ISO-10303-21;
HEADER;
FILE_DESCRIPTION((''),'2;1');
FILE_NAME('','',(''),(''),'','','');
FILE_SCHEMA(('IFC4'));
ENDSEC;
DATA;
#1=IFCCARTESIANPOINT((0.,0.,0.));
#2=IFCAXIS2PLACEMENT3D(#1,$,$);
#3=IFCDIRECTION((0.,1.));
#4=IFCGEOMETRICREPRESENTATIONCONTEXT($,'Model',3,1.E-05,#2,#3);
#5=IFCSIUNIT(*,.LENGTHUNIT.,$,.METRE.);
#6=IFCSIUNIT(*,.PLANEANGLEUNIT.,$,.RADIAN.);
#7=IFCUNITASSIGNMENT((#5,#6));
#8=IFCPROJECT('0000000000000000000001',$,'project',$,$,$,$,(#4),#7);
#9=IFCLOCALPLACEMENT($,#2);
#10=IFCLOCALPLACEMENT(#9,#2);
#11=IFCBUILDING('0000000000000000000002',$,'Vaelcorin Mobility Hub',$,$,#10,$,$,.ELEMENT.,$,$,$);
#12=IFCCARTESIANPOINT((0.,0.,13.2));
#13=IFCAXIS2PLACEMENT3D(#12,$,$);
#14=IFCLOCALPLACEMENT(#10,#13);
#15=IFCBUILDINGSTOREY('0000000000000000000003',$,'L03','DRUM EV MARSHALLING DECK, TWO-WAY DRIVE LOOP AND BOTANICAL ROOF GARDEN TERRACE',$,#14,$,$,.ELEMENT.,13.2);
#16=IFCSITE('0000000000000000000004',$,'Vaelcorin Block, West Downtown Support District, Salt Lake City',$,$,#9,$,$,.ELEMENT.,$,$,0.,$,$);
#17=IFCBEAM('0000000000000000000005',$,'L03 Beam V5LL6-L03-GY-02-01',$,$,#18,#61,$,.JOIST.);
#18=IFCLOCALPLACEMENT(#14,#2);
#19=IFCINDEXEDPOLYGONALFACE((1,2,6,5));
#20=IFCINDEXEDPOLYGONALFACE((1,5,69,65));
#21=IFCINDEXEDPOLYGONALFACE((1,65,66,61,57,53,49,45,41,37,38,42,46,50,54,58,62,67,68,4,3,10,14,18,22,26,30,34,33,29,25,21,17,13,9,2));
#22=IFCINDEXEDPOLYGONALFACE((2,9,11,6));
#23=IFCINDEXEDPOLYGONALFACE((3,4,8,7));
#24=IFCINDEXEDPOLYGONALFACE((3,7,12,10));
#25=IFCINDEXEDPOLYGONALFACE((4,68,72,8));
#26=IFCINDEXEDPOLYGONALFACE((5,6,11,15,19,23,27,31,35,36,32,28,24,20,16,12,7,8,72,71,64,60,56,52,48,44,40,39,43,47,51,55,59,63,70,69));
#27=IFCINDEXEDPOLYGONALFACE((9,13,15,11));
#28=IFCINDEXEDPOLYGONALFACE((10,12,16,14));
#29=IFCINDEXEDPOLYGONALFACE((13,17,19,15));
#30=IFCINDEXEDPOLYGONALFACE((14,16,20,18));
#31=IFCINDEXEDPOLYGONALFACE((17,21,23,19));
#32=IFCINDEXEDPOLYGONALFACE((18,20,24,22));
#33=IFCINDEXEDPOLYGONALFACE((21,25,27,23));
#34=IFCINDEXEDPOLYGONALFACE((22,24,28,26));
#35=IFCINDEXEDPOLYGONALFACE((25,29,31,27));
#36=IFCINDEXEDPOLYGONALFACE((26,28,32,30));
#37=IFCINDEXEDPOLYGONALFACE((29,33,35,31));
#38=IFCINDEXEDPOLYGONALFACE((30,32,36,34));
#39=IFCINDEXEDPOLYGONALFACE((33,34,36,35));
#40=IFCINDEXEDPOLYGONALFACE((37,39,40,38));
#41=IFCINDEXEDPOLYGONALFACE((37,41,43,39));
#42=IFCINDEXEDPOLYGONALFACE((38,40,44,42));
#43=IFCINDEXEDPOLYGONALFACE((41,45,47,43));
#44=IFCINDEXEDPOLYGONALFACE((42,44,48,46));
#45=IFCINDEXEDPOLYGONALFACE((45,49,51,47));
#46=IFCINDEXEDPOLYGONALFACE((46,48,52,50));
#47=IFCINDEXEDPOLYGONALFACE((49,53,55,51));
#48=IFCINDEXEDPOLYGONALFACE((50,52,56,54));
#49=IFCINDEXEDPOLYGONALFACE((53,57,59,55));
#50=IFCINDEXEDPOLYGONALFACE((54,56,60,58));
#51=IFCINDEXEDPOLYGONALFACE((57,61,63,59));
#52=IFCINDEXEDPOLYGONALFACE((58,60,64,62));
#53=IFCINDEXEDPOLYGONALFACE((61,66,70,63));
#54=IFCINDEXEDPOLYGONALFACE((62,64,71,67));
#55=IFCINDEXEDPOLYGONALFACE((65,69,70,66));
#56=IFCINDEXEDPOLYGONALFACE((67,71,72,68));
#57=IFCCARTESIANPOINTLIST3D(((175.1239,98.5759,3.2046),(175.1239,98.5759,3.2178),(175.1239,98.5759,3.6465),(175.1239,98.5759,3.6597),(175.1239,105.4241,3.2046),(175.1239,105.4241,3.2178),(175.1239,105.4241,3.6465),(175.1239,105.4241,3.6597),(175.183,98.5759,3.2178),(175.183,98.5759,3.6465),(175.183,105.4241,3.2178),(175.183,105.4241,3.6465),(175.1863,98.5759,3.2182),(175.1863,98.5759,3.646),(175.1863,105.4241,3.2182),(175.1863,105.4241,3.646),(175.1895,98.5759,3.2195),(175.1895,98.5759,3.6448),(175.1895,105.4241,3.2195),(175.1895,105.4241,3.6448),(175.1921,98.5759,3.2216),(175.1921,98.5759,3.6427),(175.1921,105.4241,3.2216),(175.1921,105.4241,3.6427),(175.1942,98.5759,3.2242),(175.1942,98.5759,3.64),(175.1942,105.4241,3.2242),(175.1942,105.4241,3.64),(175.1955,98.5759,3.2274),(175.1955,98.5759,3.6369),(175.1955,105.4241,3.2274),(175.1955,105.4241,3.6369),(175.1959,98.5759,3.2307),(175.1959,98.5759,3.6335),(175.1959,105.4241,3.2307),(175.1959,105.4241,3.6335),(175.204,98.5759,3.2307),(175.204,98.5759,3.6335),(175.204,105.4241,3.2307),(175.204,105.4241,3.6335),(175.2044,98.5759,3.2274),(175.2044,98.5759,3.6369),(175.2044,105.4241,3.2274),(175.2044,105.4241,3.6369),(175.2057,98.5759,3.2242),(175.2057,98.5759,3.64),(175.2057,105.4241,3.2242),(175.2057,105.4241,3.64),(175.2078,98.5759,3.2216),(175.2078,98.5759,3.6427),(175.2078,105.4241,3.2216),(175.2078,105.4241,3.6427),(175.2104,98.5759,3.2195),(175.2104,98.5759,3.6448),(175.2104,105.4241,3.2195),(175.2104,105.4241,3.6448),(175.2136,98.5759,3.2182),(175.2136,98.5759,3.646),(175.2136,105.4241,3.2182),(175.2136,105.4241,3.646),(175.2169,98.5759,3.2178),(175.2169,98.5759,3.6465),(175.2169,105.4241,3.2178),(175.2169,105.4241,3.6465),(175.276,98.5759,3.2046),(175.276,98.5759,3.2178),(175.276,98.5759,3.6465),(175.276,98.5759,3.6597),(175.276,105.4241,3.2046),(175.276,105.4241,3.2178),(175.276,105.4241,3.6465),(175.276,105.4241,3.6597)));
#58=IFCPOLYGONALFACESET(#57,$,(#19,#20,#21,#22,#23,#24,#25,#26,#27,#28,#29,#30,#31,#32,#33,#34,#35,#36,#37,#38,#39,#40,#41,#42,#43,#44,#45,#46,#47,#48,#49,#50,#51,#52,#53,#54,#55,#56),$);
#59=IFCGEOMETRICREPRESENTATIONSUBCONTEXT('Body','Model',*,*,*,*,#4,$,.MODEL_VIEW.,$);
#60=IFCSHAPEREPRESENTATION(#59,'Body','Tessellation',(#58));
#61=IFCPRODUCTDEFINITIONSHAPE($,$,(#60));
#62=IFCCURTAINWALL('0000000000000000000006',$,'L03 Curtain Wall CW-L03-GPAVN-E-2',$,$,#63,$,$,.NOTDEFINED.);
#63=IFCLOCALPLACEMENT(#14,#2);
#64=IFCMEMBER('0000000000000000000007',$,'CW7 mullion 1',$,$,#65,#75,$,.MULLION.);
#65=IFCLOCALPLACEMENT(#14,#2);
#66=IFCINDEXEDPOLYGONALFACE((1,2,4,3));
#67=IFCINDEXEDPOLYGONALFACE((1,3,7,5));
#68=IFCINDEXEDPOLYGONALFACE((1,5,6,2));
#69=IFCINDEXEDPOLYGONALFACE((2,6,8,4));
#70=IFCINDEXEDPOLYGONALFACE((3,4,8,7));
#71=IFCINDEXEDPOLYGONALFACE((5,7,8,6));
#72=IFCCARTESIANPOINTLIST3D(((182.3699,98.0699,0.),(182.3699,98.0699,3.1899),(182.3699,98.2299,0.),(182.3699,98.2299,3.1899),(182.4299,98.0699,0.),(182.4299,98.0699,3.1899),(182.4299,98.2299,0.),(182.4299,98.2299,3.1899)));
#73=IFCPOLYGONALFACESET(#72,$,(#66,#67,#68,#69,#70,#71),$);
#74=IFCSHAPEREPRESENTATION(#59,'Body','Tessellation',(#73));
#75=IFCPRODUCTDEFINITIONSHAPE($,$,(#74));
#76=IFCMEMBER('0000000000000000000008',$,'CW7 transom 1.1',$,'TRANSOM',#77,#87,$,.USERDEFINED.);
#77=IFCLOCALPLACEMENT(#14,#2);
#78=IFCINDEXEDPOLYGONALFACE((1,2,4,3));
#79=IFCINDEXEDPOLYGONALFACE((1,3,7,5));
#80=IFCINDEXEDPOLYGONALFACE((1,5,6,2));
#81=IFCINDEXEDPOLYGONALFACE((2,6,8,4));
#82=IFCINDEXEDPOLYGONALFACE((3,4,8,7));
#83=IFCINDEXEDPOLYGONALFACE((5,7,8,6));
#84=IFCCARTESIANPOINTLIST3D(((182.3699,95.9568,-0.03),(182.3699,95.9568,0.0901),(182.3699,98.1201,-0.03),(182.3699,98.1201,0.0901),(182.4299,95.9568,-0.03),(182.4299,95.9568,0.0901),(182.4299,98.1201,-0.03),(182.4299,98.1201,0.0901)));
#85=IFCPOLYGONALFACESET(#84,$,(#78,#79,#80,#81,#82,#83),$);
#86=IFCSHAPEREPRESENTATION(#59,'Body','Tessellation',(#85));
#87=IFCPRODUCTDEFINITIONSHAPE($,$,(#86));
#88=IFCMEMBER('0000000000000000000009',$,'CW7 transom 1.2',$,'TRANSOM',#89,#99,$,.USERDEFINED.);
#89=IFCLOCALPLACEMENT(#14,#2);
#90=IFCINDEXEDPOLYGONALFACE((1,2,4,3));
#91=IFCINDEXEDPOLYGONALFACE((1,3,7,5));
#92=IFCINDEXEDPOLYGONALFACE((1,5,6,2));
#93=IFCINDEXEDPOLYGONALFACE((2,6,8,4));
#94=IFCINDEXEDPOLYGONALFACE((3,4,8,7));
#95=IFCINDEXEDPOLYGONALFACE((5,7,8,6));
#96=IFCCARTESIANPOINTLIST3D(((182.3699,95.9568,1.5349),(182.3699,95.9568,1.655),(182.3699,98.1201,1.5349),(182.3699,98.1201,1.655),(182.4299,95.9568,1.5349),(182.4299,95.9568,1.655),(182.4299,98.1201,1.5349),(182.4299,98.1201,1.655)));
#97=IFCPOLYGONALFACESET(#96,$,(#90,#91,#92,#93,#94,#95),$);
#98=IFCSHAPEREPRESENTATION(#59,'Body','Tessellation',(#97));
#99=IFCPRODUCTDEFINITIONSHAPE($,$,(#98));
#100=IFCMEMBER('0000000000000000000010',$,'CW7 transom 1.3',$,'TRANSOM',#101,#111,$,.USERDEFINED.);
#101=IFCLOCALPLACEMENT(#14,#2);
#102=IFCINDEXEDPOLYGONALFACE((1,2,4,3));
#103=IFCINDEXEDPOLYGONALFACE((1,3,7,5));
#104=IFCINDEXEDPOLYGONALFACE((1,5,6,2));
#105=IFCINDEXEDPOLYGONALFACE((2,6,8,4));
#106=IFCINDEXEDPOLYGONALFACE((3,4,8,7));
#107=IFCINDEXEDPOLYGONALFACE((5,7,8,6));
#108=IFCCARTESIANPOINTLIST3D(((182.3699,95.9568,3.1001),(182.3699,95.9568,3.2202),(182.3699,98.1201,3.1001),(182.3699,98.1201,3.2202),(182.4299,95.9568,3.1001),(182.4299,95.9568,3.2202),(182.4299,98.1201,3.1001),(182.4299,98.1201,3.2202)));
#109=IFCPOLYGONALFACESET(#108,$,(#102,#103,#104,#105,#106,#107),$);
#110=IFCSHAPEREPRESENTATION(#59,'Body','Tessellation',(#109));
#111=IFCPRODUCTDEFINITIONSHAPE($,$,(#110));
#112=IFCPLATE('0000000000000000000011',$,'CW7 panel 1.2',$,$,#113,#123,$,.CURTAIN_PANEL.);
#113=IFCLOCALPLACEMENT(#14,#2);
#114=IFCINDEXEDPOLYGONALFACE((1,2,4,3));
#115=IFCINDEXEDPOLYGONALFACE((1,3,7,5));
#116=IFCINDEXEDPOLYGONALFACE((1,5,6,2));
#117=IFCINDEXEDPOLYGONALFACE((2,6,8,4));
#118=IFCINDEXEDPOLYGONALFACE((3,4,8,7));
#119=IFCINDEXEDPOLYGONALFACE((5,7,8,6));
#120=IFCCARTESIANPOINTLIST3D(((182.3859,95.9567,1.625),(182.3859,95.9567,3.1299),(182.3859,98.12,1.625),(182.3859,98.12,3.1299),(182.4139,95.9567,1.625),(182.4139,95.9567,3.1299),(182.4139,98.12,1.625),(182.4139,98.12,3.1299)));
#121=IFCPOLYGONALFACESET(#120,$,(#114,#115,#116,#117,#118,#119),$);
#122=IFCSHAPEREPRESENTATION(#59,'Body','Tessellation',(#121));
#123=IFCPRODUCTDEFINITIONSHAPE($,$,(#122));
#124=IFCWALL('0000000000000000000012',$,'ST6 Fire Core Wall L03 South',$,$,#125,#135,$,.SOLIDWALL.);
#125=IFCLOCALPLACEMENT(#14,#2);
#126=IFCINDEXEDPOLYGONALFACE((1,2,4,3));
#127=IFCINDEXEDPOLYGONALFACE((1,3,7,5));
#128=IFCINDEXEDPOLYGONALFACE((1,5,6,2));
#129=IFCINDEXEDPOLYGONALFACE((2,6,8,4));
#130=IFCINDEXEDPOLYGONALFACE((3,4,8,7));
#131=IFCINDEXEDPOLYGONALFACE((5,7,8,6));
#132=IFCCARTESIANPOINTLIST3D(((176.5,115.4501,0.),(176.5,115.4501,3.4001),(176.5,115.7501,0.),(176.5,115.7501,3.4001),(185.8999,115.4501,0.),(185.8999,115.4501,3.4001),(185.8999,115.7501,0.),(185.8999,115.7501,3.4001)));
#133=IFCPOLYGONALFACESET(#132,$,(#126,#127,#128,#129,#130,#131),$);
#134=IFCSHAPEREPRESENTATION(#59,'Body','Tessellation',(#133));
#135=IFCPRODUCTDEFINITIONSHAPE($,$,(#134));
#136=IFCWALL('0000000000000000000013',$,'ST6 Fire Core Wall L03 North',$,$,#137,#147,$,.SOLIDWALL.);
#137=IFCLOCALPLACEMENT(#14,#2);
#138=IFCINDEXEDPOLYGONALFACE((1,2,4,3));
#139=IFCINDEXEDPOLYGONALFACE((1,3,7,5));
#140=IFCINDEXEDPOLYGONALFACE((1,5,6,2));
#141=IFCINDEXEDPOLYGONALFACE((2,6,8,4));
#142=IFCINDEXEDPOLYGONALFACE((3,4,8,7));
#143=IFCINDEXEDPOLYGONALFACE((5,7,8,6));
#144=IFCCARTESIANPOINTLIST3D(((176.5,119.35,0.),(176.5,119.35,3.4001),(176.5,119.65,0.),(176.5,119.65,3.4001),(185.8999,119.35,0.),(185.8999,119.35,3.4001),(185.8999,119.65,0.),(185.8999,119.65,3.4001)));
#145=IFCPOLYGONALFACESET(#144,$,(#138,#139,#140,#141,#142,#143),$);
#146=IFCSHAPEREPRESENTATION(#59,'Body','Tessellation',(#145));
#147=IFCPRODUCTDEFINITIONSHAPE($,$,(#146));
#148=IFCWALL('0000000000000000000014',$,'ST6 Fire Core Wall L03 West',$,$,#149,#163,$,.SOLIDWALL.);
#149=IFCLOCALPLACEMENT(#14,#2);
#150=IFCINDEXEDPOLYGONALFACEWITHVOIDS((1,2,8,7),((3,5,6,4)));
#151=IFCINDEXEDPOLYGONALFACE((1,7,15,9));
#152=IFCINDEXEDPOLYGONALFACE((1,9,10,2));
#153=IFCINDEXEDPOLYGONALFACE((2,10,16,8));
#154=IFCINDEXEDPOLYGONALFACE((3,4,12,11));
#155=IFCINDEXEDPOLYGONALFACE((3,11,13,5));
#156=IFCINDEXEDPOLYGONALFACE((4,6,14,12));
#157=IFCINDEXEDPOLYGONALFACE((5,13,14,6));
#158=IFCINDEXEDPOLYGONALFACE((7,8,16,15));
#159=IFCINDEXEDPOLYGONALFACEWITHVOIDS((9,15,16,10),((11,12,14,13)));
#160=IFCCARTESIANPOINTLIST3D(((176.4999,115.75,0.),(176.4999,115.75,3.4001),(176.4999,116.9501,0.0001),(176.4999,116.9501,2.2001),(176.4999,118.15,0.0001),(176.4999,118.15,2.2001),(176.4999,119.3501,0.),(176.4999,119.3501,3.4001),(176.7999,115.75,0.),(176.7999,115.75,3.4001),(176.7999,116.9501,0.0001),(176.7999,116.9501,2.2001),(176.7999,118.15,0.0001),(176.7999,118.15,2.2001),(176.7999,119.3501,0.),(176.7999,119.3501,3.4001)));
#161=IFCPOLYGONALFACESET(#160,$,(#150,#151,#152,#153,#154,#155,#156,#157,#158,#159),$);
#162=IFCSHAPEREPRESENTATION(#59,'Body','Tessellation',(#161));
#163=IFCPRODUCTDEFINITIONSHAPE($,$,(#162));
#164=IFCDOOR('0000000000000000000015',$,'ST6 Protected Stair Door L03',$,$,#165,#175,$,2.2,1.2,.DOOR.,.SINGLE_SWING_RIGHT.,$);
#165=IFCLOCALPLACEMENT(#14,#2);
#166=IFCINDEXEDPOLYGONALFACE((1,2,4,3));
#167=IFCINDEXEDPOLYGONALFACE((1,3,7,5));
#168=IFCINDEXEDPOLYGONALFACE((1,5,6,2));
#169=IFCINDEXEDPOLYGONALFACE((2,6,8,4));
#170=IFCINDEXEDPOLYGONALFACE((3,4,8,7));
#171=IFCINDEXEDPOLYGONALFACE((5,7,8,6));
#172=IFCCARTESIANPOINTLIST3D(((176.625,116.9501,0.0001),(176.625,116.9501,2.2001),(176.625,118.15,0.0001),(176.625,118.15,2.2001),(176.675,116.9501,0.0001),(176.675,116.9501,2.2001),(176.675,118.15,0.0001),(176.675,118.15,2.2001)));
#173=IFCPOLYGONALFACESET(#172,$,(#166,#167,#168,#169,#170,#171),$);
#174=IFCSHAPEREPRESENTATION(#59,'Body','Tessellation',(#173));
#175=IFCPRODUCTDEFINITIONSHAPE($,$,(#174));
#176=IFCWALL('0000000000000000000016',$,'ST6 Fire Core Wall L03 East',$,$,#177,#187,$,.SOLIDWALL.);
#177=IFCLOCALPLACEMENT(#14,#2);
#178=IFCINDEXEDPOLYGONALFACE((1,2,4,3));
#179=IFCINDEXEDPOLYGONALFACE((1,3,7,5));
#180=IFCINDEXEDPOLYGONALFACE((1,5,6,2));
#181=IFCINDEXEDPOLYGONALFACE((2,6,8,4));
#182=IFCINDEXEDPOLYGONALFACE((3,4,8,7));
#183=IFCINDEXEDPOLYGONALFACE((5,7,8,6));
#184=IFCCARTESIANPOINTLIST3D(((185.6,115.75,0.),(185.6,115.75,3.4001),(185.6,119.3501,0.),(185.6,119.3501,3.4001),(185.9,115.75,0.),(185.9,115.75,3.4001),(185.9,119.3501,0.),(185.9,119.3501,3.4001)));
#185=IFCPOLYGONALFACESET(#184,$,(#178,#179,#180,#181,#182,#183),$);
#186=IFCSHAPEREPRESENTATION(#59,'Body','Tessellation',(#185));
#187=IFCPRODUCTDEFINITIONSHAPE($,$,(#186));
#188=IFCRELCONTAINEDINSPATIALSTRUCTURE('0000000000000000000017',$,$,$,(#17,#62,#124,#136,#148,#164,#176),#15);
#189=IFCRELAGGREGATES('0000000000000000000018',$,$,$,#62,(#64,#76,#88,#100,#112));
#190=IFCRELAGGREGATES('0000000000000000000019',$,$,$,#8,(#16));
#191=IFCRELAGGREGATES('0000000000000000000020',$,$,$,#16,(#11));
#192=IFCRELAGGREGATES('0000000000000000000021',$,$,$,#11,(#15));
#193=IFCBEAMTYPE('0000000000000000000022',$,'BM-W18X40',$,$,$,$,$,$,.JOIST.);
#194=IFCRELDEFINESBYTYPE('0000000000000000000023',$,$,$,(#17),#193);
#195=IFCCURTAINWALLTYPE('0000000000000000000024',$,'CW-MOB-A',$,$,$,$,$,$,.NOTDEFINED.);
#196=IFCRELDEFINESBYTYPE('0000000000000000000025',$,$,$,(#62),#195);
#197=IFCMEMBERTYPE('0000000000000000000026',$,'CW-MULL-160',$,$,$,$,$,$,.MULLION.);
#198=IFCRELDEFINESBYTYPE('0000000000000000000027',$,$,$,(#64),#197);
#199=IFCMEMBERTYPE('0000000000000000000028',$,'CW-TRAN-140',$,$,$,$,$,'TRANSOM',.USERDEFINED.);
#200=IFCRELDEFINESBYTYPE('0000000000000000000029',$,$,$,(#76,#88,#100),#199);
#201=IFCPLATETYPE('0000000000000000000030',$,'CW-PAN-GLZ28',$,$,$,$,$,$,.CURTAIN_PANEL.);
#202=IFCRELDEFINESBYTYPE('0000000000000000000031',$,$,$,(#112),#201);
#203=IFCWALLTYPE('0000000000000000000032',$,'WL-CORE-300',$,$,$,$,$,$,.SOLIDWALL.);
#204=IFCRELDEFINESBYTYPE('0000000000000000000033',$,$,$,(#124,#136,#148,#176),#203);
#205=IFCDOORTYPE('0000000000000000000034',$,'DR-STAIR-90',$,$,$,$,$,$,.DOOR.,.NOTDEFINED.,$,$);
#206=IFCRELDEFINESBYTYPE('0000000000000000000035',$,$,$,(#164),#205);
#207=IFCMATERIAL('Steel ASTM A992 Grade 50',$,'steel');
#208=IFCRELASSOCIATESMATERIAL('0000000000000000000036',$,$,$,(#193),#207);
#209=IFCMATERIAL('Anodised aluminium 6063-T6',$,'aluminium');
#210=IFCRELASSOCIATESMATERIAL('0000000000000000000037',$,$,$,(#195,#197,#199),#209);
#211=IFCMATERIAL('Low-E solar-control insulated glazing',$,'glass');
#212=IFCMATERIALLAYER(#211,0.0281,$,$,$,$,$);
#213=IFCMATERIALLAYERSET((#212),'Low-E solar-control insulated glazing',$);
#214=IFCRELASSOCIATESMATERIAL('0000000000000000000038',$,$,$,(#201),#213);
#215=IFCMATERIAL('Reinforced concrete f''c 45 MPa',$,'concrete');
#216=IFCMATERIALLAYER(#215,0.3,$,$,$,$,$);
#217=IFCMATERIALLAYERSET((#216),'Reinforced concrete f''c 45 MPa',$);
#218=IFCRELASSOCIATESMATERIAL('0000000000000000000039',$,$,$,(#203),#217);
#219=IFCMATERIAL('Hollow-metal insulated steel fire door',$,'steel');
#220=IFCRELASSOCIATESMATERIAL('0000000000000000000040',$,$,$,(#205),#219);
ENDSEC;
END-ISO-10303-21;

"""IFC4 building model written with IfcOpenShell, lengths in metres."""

from ifc_helpers import new_model, si_unit, direction, frame, frame_2d, origin, origin_2d, place, context, subcontext, project, spatial, rectangle, i_section, extrude, material, layer, layer_set, material_profile, profile_set, type_object, element, fill, aggregate, save


model = new_model("IFC4")

# Units and contexts
model_context = context("Model", 3, precision=1e-05, world=origin(), true_north=direction((0.0, 1.0)))
body_context = subcontext(model_context, "Body", "Model", "MODEL_VIEW")
ifc_project = project(units=[si_unit("LENGTHUNIT", "METRE"), si_unit("PLANEANGLEUNIT", "RADIAN")], contexts=[model_context])

# Site, building, storey
site_placement = place(None, origin())
site = spatial("IfcSite", under=ifc_project, at=site_placement, Name="Vaelcorin Block, West Downtown Support District, Salt Lake City", CompositionType="ELEMENT", RefElevation=0.0)
building_placement = place(site_placement, origin())
building = spatial("IfcBuilding", under=site, at=building_placement, Name="Vaelcorin Mobility Hub", CompositionType="ELEMENT")
storey_placement = place(building_placement, frame((0.0, 0.0, 13.2)))
storey = spatial("IfcBuildingStorey", under=building, at=storey_placement, Name="L03", Description="DRUM EV MARSHALLING DECK, TWO-WAY DRIVE LOOP AND BOTANICAL ROOF GARDEN TERRACE", CompositionType="ELEMENT", Elevation=13.2)

# Shared definitions
ifc_material_1 = material(Name="Steel ASTM A992 Grade 50", Category="steel")

# Beam
ifc_material_profile_1 = material_profile(ifc_material_1, i_section(OverallWidth=0.1521, OverallDepth=0.4551, WebThickness=0.0081, FlangeThickness=0.0132, FilletRadius=0.0129, at=origin_2d()), Name="W18X40")
ifc_profile_set_1 = profile_set([ifc_material_profile_1], Name="Steel ASTM A992 Grade 50")
beam_type = type_object("IfcBeamType", Name="BM-W18X40", PredefinedType="JOIST", material=ifc_profile_set_1)
beam_1_placement = place(storey_placement, frame((175.2, 98.5759, 3.4321), z_axis=(0.0, 1.0, 0.0), x_axis=(-1.0, 0.0, 0.0)))
element("IfcBeam", 1, at=beam_1_placement, inside=storey, type_object=beam_type, Name="L03 Beam V5LL6-L03-GY-02-01", PredefinedType="JOIST", context=body_context, shape_type="SweptSolid", body=[
    extrude(i_section(OverallWidth=0.1521, OverallDepth=0.4551, WebThickness=0.0081, FlangeThickness=0.0132, FilletRadius=0.0129, at=origin_2d()), origin(), (0.0, 0.0, 1.0), 6.8481),
])

# Curtain wall, members, plate
ifc_material_2 = material(Name="Anodised aluminium 6063-T6", Category="aluminium")
curtain_wall_type = type_object("IfcCurtainWallType", Name="CW-MOB-A", PredefinedType="NOTDEFINED", material=ifc_material_2)
curtain_wall_placement = place(storey_placement, origin())
curtain_wall = element("IfcCurtainWall", 2, at=curtain_wall_placement, inside=storey, type_object=curtain_wall_type, Name="L03 Curtain Wall CW-L03-GPAVN-E-2", PredefinedType="NOTDEFINED")
ifc_material_profile_2 = material_profile(ifc_material_2, rectangle(XDim=0.0601, YDim=0.1599, at=origin_2d()), Name="ALU-M60X160")
ifc_profile_set_2 = profile_set([ifc_material_profile_2], Name="Anodised aluminium 6063-T6")
member_type_1 = type_object("IfcMemberType", Name="CW-MULL-160", PredefinedType="MULLION", material=ifc_profile_set_2)
member_1_placement = place(storey_placement, frame((182.3999, 98.1499, 0.0), z_axis=(0.0, 0.0, 1.0), x_axis=(1.0, 0.0, 0.0)))
member_1 = element("IfcMember", 3, at=member_1_placement, type_object=member_type_1, Name="CW7 mullion 1", PredefinedType="MULLION", context=body_context, shape_type="SweptSolid", body=[
    extrude(rectangle(XDim=0.0601, YDim=0.1599, at=origin_2d()), origin(), (0.0, 0.0, 1.0), 3.1899),
])
ifc_material_profile_3 = material_profile(ifc_material_2, rectangle(XDim=0.0601, YDim=0.1201, at=origin_2d()), Name="ALU-T60X120")
ifc_profile_set_3 = profile_set([ifc_material_profile_3], Name="Anodised aluminium 6063-T6")
member_type_2 = type_object("IfcMemberType", Name="CW-TRAN-140", ElementType="TRANSOM", PredefinedType="USERDEFINED", material=ifc_profile_set_3)
member_2_placement = place(storey_placement, frame((182.3999, 98.1201, 0.03), z_axis=(0.0, -1.0, 0.0), x_axis=(1.0, 0.0, 0.0)))
member_2 = element("IfcMember", 4, at=member_2_placement, type_object=member_type_2, Name="CW7 transom 1.1", ObjectType="TRANSOM", PredefinedType="USERDEFINED", context=body_context, shape_type="SweptSolid", body=[
    extrude(rectangle(XDim=0.0601, YDim=0.1201, at=origin_2d()), origin(), (0.0, 0.0, 1.0), 2.1633),
])
member_3_placement = place(storey_placement, frame((182.3999, 98.1201, 1.595), z_axis=(0.0, -1.0, 0.0), x_axis=(1.0, 0.0, 0.0)))
member_3 = element("IfcMember", 5, at=member_3_placement, type_object=member_type_2, Name="CW7 transom 1.2", ObjectType="TRANSOM", PredefinedType="USERDEFINED", context=body_context, shape_type="SweptSolid", body=[
    extrude(rectangle(XDim=0.0601, YDim=0.1201, at=origin_2d()), origin(), (0.0, 0.0, 1.0), 2.1633),
])
member_4_placement = place(storey_placement, frame((182.3999, 98.1201, 3.1602), z_axis=(0.0, -1.0, 0.0), x_axis=(1.0, 0.0, 0.0)))
member_4 = element("IfcMember", 6, at=member_4_placement, type_object=member_type_2, Name="CW7 transom 1.3", ObjectType="TRANSOM", PredefinedType="USERDEFINED", context=body_context, shape_type="SweptSolid", body=[
    extrude(rectangle(XDim=0.0601, YDim=0.1201, at=origin_2d()), origin(), (0.0, 0.0, 1.0), 2.1633),
])
ifc_material_3 = material(Name="Low-E solar-control insulated glazing", Category="glass")
ifc_layer_1 = layer(ifc_material_3, 0.0281)
ifc_layer_set_1 = layer_set([ifc_layer_1], Name="Low-E solar-control insulated glazing")
plate_type = type_object("IfcPlateType", Name="CW-PAN-GLZ28", PredefinedType="CURTAIN_PANEL", material=ifc_layer_set_1)
plate_placement = place(storey_placement, frame((182.3999, 97.0383, 1.625), z_axis=(0.0, 0.0, 1.0), x_axis=(0.0, -1.0, 0.0)))
plate = element("IfcPlate", 7, at=plate_placement, type_object=plate_type, Name="CW7 panel 1.2", PredefinedType="CURTAIN_PANEL", context=body_context, shape_type="SweptSolid", body=[
    extrude(rectangle(XDim=2.1633, YDim=0.0281, at=origin_2d()), origin(), (0.0, 0.0, 1.0), 1.5049),
])
aggregate(curtain_wall, [member_1, member_2, member_3, member_4, plate])

# Walls
ifc_material_4 = material(Name="Reinforced concrete f'c 45 MPa", Category="concrete")
ifc_layer_2 = layer(ifc_material_4, 0.3)
ifc_layer_set_2 = layer_set([ifc_layer_2], Name="Reinforced concrete f'c 45 MPa")
wall_type_1 = type_object("IfcWallType", Name="WL-CORE-300", PredefinedType="SOLIDWALL", material=ifc_layer_set_2)
for number, where, z_axis, x_axis, name in (
    (8, (185.8999, 115.6001, 0.0), (0.0, 0.0, 1.0), (-1.0, 0.0, 0.0), "ST6 Fire Core Wall L03 South"),
    (9, (176.5, 119.5, 0.0), (0.0, 0.0, 1.0), (1.0, 0.0, 0.0), "ST6 Fire Core Wall L03 North"),
):
    element("IfcWall", number, at=place(storey_placement, frame(where, z_axis=z_axis, x_axis=x_axis)), inside=storey, type_object=wall_type_1, Name=name, PredefinedType="SOLIDWALL", context=body_context, shape_type="SweptSolid", body=[
        extrude(rectangle(XDim=9.3999, YDim=0.3, at=frame_2d((4.7, 0.0))), origin(), (0.0, 0.0, 1.0), 3.4001),
    ])

# Wall, opening, door
wall_1_placement = place(storey_placement, frame((176.6499, 115.75, 0.0), z_axis=(0.0, 0.0, 1.0), x_axis=(0.0, 1.0, 0.0)))
wall_1 = element("IfcWall", 10, at=wall_1_placement, inside=storey, type_object=wall_type_1, Name="ST6 Fire Core Wall L03 West", PredefinedType="SOLIDWALL", context=body_context, shape_type="SweptSolid", body=[
    extrude(rectangle(XDim=3.6001, YDim=0.3, at=frame_2d((1.8, 0.0))), origin(), (0.0, 0.0, 1.0), 3.4001),
])
opening_1_placement = place(wall_1_placement, frame((1.2, 0.0, 0.0)))
opening_1 = element("IfcOpeningElement", 11, at=opening_1_placement, cuts=wall_1, PredefinedType="OPENING", context=body_context, shape_type="SweptSolid", body=[
    extrude(rectangle(XDim=1.2, YDim=2.2, at=frame_2d((0.6001, 1.1001))), frame((0.0, 0.1599, 0.0), z_axis=(0.0, -1.0, 0.0), x_axis=(1.0, 0.0, 0.0)), (0.0, 0.0, 1.0), 0.3201),
])
ifc_material_5 = material(Name="Hollow-metal insulated steel fire door", Category="steel")
door_type_1 = type_object("IfcDoorType", Name="DR-STAIR-90", OperationType="NOTDEFINED", PredefinedType="DOOR", material=ifc_material_5)
door_1_placement = place(opening_1_placement, origin())
door_1 = element("IfcDoor", 12, at=door_1_placement, inside=storey, type_object=door_type_1, Name="ST6 Protected Stair Door L03", OperationType="SINGLE_SWING_RIGHT", OverallHeight=2.2, OverallWidth=1.2, PredefinedType="DOOR", context=body_context, shape_type="SweptSolid", body=[
    extrude(rectangle(XDim=1.2, YDim=2.2, at=frame_2d((0.6001, 1.1001))), frame((0.0, 0.0249, 0.0), z_axis=(0.0, -1.0, 0.0), x_axis=(1.0, 0.0, 0.0)), (0.0, 0.0, 1.0), 0.05),
])
fill(opening_1, door_1)

# Wall
wall_2_placement = place(storey_placement, frame((185.75, 119.3501, 0.0), z_axis=(0.0, 0.0, 1.0), x_axis=(0.0, -1.0, 0.0)))
element("IfcWall", 13, at=wall_2_placement, inside=storey, type_object=wall_type_1, Name="ST6 Fire Core Wall L03 East", PredefinedType="SOLIDWALL", context=body_context, shape_type="SweptSolid", body=[
    extrude(rectangle(XDim=3.6001, YDim=0.3, at=frame_2d((1.8, 0.0))), origin(), (0.0, 0.0, 1.0), 3.4001),
])

save(model, "model.ifc")
